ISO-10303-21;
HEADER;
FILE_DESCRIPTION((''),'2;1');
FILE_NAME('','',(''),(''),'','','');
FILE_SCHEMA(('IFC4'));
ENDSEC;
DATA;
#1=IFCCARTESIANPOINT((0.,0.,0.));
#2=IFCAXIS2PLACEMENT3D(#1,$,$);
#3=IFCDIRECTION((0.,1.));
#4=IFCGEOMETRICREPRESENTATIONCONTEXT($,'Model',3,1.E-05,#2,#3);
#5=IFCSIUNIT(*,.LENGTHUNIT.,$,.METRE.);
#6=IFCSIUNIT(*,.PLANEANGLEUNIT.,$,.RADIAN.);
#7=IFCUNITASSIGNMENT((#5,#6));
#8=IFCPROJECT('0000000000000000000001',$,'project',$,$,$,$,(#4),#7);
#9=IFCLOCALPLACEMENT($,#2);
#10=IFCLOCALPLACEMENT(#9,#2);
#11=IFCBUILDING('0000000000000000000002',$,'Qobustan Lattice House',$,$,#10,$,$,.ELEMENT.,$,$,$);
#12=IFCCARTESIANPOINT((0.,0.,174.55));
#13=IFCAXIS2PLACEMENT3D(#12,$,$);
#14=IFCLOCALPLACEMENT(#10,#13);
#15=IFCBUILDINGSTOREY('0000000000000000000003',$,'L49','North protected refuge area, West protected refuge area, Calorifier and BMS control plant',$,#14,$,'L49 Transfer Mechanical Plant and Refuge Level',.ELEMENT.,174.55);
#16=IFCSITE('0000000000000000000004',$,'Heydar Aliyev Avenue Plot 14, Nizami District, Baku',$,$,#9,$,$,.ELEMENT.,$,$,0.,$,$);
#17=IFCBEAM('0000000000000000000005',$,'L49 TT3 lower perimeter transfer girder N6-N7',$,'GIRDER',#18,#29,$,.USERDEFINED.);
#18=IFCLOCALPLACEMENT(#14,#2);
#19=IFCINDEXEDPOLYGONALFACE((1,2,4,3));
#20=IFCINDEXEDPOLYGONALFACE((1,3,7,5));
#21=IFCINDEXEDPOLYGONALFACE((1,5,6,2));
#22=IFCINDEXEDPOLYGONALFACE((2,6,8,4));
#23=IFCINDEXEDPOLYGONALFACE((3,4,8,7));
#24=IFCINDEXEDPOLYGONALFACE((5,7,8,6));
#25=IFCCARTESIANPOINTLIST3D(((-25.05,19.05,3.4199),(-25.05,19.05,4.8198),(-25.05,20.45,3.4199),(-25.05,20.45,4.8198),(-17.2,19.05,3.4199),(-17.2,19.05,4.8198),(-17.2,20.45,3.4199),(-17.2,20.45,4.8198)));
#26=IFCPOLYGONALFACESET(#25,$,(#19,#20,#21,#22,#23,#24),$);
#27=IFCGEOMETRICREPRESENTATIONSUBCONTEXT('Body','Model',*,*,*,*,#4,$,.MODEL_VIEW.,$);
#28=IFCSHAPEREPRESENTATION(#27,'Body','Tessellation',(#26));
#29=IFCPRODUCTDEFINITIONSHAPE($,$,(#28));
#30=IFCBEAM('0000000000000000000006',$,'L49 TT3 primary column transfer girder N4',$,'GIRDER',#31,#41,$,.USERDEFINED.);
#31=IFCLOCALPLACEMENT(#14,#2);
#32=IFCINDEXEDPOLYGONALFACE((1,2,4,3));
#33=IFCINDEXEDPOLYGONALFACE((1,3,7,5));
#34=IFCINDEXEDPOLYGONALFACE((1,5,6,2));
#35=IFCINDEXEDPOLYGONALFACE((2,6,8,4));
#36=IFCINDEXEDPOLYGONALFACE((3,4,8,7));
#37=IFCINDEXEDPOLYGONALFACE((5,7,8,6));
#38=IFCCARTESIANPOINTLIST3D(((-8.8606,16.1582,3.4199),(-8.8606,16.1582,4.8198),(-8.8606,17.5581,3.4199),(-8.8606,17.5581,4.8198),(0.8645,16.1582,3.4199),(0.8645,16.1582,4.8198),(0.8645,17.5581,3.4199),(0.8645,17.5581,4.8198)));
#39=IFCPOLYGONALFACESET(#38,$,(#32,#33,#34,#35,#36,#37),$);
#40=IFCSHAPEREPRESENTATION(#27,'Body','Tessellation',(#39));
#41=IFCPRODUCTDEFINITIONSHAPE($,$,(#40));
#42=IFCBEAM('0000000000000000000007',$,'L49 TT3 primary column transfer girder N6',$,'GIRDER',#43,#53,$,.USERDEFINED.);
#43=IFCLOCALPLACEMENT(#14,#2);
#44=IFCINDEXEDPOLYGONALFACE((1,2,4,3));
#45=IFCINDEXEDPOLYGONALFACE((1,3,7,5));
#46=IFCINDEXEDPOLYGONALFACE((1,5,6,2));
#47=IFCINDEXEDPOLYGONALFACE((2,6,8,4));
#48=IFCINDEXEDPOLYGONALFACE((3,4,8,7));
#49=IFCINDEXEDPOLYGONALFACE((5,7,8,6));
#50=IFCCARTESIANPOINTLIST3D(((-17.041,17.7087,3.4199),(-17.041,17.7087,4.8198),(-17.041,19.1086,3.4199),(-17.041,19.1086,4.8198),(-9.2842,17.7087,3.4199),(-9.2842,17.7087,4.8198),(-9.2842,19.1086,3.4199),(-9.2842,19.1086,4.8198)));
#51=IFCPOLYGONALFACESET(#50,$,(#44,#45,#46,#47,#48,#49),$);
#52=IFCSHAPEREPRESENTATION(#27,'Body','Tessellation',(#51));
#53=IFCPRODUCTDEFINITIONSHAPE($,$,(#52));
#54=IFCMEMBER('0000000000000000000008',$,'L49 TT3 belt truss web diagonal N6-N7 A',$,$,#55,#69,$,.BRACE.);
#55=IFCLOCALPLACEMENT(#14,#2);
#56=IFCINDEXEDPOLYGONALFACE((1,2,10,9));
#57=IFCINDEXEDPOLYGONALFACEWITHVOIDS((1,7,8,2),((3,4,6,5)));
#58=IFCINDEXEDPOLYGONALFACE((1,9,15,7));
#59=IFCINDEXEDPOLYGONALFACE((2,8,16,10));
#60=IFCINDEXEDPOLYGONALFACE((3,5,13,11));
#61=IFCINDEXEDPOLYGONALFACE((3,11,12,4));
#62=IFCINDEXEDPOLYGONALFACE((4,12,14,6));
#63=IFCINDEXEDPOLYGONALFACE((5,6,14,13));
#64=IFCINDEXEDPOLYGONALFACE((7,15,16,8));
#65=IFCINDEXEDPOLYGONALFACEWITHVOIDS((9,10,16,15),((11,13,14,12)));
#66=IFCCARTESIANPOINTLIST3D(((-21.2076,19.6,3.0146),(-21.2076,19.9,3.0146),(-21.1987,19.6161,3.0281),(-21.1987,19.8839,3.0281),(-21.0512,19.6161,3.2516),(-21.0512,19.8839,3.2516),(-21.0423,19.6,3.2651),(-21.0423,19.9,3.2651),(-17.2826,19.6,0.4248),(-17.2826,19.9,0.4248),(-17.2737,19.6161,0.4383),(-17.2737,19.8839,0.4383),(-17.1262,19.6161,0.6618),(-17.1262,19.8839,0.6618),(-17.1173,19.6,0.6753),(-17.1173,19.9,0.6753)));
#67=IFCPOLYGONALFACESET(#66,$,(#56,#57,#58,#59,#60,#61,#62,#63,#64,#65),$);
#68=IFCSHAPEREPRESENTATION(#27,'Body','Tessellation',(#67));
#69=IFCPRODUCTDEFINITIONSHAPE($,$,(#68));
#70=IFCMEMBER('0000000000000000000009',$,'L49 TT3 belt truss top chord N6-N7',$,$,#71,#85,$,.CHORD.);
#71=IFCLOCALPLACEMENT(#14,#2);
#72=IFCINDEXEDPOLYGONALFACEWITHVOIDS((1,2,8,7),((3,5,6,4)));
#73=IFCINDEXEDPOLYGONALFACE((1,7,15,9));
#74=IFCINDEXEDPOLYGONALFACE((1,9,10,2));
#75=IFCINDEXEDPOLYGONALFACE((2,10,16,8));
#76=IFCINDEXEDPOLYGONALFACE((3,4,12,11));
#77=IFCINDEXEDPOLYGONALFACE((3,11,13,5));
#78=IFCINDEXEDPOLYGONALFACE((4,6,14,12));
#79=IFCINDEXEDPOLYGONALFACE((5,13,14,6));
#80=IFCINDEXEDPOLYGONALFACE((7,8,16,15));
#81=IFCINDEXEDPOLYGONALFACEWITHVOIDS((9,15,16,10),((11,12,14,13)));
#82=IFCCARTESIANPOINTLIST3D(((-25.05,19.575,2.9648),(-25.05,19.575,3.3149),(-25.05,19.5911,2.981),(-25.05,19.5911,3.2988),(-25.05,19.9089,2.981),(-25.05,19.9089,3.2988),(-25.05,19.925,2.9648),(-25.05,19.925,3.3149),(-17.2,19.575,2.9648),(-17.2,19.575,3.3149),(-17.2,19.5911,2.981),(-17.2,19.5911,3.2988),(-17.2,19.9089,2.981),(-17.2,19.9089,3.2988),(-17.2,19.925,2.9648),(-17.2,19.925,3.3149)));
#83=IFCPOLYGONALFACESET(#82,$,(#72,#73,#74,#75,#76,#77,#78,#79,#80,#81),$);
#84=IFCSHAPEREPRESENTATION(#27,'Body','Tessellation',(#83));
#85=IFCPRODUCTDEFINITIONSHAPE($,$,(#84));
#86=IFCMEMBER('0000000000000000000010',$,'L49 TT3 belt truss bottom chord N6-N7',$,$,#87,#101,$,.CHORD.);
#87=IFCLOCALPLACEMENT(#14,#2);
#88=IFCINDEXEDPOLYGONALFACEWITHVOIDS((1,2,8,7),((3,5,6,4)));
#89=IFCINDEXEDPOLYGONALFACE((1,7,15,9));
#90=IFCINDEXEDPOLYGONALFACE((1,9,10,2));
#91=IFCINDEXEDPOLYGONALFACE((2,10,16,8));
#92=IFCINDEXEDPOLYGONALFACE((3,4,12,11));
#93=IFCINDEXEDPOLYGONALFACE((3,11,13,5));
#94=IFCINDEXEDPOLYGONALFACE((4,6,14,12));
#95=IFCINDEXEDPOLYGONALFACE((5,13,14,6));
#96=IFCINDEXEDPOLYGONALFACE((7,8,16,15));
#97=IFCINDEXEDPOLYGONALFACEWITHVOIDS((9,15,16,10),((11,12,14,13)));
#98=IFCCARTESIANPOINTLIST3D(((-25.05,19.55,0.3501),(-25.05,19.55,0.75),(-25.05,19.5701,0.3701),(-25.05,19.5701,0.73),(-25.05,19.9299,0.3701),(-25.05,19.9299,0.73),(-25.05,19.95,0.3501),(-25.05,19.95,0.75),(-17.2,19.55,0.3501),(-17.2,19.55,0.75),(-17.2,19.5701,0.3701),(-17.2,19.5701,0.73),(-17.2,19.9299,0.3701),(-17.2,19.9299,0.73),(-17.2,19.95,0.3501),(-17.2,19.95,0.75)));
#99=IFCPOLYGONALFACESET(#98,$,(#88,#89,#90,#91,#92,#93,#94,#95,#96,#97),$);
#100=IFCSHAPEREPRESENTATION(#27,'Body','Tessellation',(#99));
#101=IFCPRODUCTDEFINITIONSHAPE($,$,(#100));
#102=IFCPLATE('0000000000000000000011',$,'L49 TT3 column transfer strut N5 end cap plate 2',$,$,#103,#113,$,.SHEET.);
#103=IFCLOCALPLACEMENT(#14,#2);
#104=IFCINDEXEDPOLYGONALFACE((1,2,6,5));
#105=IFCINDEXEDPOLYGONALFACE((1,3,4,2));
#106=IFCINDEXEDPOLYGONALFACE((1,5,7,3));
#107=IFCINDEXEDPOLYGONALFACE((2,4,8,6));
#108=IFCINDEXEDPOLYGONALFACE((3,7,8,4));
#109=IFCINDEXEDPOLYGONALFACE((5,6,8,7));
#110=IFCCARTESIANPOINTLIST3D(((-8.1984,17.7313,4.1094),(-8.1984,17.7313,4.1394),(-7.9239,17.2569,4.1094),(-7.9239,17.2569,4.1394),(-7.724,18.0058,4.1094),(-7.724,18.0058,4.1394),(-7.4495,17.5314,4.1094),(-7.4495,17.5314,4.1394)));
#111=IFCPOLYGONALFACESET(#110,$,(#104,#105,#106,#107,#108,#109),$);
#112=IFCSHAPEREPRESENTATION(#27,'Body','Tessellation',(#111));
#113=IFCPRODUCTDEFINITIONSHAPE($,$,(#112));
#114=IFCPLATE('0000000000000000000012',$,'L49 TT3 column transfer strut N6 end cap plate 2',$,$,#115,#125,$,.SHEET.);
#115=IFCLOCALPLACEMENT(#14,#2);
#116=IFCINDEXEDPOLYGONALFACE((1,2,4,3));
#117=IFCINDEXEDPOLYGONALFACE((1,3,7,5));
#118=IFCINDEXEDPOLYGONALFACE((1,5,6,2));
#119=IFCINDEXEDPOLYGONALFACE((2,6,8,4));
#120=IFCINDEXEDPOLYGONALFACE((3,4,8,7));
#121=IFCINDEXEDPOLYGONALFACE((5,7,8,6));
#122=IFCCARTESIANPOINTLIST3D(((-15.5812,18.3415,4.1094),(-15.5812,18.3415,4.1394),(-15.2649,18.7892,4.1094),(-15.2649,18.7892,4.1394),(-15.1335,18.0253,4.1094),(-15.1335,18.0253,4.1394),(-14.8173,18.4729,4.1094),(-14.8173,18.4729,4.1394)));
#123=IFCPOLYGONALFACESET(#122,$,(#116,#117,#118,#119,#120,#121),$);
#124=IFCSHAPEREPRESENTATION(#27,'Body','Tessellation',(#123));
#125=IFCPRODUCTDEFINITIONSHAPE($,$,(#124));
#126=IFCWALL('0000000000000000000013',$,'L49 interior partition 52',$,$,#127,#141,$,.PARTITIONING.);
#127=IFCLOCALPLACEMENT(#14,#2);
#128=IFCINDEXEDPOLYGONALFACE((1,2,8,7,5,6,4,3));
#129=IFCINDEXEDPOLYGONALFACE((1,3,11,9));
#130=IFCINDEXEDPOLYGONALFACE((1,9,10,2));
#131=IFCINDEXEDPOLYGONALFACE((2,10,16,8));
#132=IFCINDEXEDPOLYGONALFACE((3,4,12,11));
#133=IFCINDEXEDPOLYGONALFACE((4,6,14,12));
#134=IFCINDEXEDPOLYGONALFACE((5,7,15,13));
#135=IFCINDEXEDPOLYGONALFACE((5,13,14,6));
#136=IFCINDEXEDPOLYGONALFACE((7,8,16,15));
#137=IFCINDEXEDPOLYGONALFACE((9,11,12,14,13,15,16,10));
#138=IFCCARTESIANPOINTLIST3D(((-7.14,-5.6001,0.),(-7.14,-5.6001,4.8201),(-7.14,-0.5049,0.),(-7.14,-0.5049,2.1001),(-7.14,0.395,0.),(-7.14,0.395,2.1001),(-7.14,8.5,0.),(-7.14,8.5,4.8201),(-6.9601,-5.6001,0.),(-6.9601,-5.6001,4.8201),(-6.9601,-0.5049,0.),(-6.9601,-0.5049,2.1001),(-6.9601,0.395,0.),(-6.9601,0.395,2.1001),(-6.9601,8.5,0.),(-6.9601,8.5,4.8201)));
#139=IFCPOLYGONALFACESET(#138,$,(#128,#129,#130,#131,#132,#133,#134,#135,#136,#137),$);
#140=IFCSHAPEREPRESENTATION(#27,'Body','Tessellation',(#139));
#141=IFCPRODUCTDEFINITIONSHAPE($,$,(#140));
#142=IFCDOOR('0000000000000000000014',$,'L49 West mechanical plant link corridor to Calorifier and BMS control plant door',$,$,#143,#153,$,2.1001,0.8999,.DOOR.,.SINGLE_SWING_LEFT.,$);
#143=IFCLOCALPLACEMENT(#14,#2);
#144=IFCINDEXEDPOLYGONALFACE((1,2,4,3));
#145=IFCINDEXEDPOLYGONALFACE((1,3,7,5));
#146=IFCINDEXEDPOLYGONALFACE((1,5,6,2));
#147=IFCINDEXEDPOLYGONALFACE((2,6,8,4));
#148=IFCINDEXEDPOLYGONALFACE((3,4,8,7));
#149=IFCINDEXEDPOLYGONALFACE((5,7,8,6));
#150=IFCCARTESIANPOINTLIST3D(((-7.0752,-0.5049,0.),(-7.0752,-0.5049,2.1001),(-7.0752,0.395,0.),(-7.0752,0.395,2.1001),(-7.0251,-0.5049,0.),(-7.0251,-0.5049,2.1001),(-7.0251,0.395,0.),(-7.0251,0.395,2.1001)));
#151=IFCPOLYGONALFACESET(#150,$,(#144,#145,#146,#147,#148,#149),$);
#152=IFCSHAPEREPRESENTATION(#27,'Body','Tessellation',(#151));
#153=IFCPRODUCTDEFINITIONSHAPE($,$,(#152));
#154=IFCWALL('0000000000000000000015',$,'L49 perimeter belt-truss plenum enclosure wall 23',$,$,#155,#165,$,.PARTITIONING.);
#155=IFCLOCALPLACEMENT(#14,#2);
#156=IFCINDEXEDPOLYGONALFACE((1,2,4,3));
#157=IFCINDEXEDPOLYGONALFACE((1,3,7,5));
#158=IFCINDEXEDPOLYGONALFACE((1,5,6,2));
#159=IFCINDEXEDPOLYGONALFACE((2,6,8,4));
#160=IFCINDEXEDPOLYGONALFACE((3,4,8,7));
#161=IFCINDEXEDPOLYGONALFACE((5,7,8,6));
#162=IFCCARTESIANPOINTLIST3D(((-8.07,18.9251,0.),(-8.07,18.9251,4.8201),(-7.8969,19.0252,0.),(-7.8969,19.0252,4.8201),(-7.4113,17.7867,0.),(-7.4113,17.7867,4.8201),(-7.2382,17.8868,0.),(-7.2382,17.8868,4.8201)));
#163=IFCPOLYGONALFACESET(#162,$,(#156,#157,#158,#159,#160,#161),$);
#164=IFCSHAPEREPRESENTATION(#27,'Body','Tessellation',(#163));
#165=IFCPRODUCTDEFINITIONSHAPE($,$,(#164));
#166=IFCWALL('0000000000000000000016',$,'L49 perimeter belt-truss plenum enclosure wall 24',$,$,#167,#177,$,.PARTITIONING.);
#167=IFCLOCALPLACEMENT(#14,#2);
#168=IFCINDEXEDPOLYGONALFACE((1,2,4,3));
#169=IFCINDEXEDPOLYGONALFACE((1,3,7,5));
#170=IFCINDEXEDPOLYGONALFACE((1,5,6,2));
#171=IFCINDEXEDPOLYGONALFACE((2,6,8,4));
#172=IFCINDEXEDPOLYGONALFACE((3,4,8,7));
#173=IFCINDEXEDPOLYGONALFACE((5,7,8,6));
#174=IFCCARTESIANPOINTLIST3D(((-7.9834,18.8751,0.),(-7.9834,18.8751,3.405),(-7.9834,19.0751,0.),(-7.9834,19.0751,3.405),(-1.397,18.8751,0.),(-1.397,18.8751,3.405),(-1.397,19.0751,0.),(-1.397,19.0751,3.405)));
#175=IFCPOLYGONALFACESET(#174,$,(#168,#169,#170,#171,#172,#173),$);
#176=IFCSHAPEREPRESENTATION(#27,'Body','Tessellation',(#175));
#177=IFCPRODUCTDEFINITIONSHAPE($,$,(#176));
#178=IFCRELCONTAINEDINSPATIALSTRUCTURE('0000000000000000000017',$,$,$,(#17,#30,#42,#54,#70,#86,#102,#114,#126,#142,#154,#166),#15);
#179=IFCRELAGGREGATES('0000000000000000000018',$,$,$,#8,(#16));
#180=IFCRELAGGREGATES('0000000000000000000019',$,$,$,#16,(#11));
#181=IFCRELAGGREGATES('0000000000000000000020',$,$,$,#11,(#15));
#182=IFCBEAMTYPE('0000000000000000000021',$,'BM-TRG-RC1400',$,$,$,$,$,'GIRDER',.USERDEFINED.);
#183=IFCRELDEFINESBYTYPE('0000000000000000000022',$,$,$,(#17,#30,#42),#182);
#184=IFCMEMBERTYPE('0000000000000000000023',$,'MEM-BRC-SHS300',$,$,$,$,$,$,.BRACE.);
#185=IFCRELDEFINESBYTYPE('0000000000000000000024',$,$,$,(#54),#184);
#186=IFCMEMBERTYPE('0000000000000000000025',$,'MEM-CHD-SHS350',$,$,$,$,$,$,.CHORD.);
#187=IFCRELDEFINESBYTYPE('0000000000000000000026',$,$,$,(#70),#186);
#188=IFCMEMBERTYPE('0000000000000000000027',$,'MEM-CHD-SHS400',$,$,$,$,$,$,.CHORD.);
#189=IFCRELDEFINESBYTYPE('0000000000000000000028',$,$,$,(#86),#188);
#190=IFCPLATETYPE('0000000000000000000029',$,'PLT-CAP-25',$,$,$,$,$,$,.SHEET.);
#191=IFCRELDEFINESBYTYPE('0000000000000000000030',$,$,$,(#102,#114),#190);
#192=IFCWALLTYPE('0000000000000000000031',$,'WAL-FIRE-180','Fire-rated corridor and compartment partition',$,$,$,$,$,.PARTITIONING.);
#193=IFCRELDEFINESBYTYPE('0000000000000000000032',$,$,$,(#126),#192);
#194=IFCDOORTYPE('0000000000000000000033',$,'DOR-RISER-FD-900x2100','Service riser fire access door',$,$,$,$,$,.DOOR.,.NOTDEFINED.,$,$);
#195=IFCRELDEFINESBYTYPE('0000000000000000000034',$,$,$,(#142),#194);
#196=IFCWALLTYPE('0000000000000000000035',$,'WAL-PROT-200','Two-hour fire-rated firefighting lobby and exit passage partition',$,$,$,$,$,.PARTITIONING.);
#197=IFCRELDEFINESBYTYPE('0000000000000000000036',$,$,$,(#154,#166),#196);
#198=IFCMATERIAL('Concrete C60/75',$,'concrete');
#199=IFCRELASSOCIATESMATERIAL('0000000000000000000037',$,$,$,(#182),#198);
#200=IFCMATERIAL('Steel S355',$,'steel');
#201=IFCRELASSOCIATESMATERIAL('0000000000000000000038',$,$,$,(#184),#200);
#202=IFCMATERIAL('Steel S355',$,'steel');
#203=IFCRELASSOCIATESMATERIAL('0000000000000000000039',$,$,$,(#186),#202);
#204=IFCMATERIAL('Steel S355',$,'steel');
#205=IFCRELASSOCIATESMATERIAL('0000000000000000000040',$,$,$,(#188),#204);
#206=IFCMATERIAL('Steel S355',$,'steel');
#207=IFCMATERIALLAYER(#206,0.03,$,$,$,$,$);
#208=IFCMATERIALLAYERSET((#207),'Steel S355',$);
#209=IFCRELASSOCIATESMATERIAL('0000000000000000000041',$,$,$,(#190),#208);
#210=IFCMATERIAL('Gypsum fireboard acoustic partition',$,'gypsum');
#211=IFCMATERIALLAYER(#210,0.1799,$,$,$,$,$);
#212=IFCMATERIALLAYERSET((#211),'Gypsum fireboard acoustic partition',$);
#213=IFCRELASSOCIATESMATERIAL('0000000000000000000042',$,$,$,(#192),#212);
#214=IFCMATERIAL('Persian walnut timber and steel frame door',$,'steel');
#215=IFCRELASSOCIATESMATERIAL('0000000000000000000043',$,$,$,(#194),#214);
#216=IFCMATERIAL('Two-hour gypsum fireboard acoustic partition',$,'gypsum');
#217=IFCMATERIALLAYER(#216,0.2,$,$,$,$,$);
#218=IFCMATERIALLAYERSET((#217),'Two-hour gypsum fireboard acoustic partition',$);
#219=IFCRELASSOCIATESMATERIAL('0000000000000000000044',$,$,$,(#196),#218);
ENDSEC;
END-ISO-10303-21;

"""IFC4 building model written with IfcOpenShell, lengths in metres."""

from ifc_helpers import new_model, si_unit, direction, frame, frame_2d, origin, origin_2d, place, context, subcontext, project, spatial, rectangle, hollow_rectangle, extrude, material, layer, layer_set, material_profile, profile_set, type_object, element, fill, save


model = new_model("IFC4")

# Units and contexts
model_context = context("Model", 3, precision=1e-05, world=origin(), true_north=direction((0.0, 1.0)))
body_context = subcontext(model_context, "Body", "Model", "MODEL_VIEW")
ifc_project = project(units=[si_unit("LENGTHUNIT", "METRE"), si_unit("PLANEANGLEUNIT", "RADIAN")], contexts=[model_context])

# Site, building, storey
site_placement = place(None, origin())
site = spatial("IfcSite", under=ifc_project, at=site_placement, Name="Heydar Aliyev Avenue Plot 14, Nizami District, Baku", CompositionType="ELEMENT", RefElevation=0.0)
building_placement = place(site_placement, origin())
building = spatial("IfcBuilding", under=site, at=building_placement, Name="Qobustan Lattice House", CompositionType="ELEMENT")
storey_placement = place(building_placement, frame((0.0, 0.0, 174.55)))
storey = spatial("IfcBuildingStorey", under=building, at=storey_placement, Name="L49", Description="North protected refuge area, West protected refuge area, Calorifier and BMS control plant", LongName="L49 Transfer Mechanical Plant and Refuge Level", CompositionType="ELEMENT", Elevation=174.55)

# Beams
ifc_material_1 = material(Name="Concrete C60/75", Category="concrete")
ifc_material_profile_1 = material_profile(ifc_material_1, rectangle(XDim=1.3999, YDim=1.3999, at=origin_2d()), Name="RC1400x1400")
ifc_profile_set_1 = profile_set([ifc_material_profile_1], Name="Concrete C60/75")
beam_type = type_object("IfcBeamType", Name="BM-TRG-RC1400", ElementType="GIRDER", PredefinedType="USERDEFINED", material=ifc_profile_set_1)
beam_1_placement = place(storey_placement, frame((-17.2, 19.75, 4.1199), z_axis=(-1.0, 0.0, 0.0), x_axis=(0.0, -1.0, 0.0)))
element("IfcBeam", 1, at=beam_1_placement, inside=storey, type_object=beam_type, Name="L49 TT3 lower perimeter transfer girder N6-N7", ObjectType="GIRDER", PredefinedType="USERDEFINED", context=body_context, shape_type="SweptSolid", body=[
    extrude(rectangle(XDim=1.3999, YDim=1.3999, at=origin_2d()), origin(), (0.0, 0.0, 1.0), 7.8501),
])
beam_2_placement = place(storey_placement, frame((-8.8606, 16.8582, 4.1199), z_axis=(1.0, 0.0, 0.0), x_axis=(0.0, 1.0, 0.0)))
element("IfcBeam", 2, at=beam_2_placement, inside=storey, type_object=beam_type, Name="L49 TT3 primary column transfer girder N4", ObjectType="GIRDER", PredefinedType="USERDEFINED", context=body_context, shape_type="SweptSolid", body=[
    extrude(rectangle(XDim=1.3999, YDim=1.3999, at=origin_2d()), origin(), (0.0, 0.0, 1.0), 9.7251),
])
beam_3_placement = place(storey_placement, frame((-17.041, 18.4087, 4.1199), z_axis=(1.0, 0.0, 0.0), x_axis=(0.0, 1.0, 0.0)))
element("IfcBeam", 3, at=beam_3_placement, inside=storey, type_object=beam_type, Name="L49 TT3 primary column transfer girder N6", ObjectType="GIRDER", PredefinedType="USERDEFINED", context=body_context, shape_type="SweptSolid", body=[
    extrude(rectangle(XDim=1.3999, YDim=1.3999, at=origin_2d()), origin(), (0.0, 0.0, 1.0), 7.7568),
])

# Members
ifc_material_2 = material(Name="Steel S355", Category="steel")
ifc_material_profile_2 = material_profile(ifc_material_2, hollow_rectangle(XDim=0.3, YDim=0.3, WallThickness=0.0161, at=origin_2d()), Name="SHS300x300x16")
ifc_profile_set_2 = profile_set([ifc_material_profile_2], Name="Steel S355")
member_type_1 = type_object("IfcMemberType", Name="MEM-BRC-SHS300", PredefinedType="BRACE", material=ifc_profile_set_2)
member_1_placement = place(storey_placement, frame((-17.2, 19.75, 0.55), z_axis=(-0.834677, 0.0, 0.55074), x_axis=(0.0, -1.0, 0.0)))
element("IfcMember", 4, at=member_1_placement, inside=storey, type_object=member_type_1, Name="L49 TT3 belt truss web diagonal N6-N7 A", PredefinedType="BRACE", context=body_context, shape_type="SweptSolid", body=[
    extrude(hollow_rectangle(XDim=0.3, YDim=0.3, WallThickness=0.0161, at=origin_2d()), origin(), (0.0, 0.0, 1.0), 4.7024),
])
ifc_material_3 = material(Name="Steel S355", Category="steel")
ifc_material_profile_3 = material_profile(ifc_material_3, hollow_rectangle(XDim=0.3501, YDim=0.3501, WallThickness=0.0161, at=origin_2d()), Name="SHS350x350x16")
ifc_profile_set_3 = profile_set([ifc_material_profile_3], Name="Steel S355")
member_type_2 = type_object("IfcMemberType", Name="MEM-CHD-SHS350", PredefinedType="CHORD", material=ifc_profile_set_3)
member_2_placement = place(storey_placement, frame((-17.2, 19.75, 3.1399), z_axis=(-1.0, 0.0, 0.0), x_axis=(0.0, -1.0, 0.0)))
element("IfcMember", 5, at=member_2_placement, inside=storey, type_object=member_type_2, Name="L49 TT3 belt truss top chord N6-N7", PredefinedType="CHORD", context=body_context, shape_type="SweptSolid", body=[
    extrude(hollow_rectangle(XDim=0.3501, YDim=0.3501, WallThickness=0.0161, at=origin_2d()), origin(), (0.0, 0.0, 1.0), 7.8501),
])
ifc_material_4 = material(Name="Steel S355", Category="steel")
ifc_material_profile_4 = material_profile(ifc_material_4, hollow_rectangle(XDim=0.3999, YDim=0.3999, WallThickness=0.02, at=origin_2d()), Name="SHS400x400x20")
ifc_profile_set_4 = profile_set([ifc_material_profile_4], Name="Steel S355")
member_type_3 = type_object("IfcMemberType", Name="MEM-CHD-SHS400", PredefinedType="CHORD", material=ifc_profile_set_4)
member_3_placement = place(storey_placement, frame((-17.2, 19.75, 0.55), z_axis=(-1.0, 0.0, 0.0), x_axis=(0.0, -1.0, 0.0)))
element("IfcMember", 6, at=member_3_placement, inside=storey, type_object=member_type_3, Name="L49 TT3 belt truss bottom chord N6-N7", PredefinedType="CHORD", context=body_context, shape_type="SweptSolid", body=[
    extrude(hollow_rectangle(XDim=0.3999, YDim=0.3999, WallThickness=0.02, at=origin_2d()), origin(), (0.0, 0.0, 1.0), 7.8501),
])

# Plates
ifc_material_5 = material(Name="Steel S355", Category="steel")
ifc_layer_1 = layer(ifc_material_5, 0.03)
ifc_layer_set_1 = layer_set([ifc_layer_1], Name="Steel S355")
plate_type = type_object("IfcPlateType", Name="PLT-CAP-25", PredefinedType="SHEET", material=ifc_layer_set_1)
for number, where, z_axis, x_axis, name in (
    (7, (-7.824, 17.6313, 4.1094), (0.0, 0.0, 1.0), (0.500876, -0.865519, 0.0), "L49 TT3 column transfer strut N5 end cap plate 2"),
    (8, (-15.1992, 18.4072, 4.1094), (0.0, 0.0, 1.0), (0.816772, -0.57696, 0.0), "L49 TT3 column transfer strut N6 end cap plate 2"),
):
    element("IfcPlate", number, at=place(storey_placement, frame(where, z_axis=z_axis, x_axis=x_axis)), inside=storey, type_object=plate_type, Name=name, PredefinedType="SHEET", context=body_context, shape_type="SweptSolid", body=[
        extrude(rectangle(XDim=0.5481, YDim=0.5481, at=origin_2d()), origin(), (0.0, 0.0, 1.0), 0.03),
    ])

# Wall, opening, door
ifc_material_6 = material(Name="Gypsum fireboard acoustic partition", Category="gypsum")
ifc_layer_2 = layer(ifc_material_6, 0.1799)
ifc_layer_set_2 = layer_set([ifc_layer_2], Name="Gypsum fireboard acoustic partition")
wall_type_1 = type_object("IfcWallType", Name="WAL-FIRE-180", Description="Fire-rated corridor and compartment partition", PredefinedType="PARTITIONING", material=ifc_layer_set_2)
wall_1_placement = place(storey_placement, frame((-7.05, 8.5, 0.0), z_axis=(0.0, 0.0, 1.0), x_axis=(0.0, -1.0, 0.0)))
wall_1 = element("IfcWall", 9, at=wall_1_placement, inside=storey, type_object=wall_type_1, Name="L49 interior partition 52", PredefinedType="PARTITIONING", context=body_context, shape_type="SweptSolid", body=[
    extrude(rectangle(XDim=14.1001, YDim=0.1799, at=frame_2d((7.05, 0.0))), origin(), (0.0, 0.0, 1.0), 4.8201),
])
opening_1_placement = place(wall_1_placement, frame((8.105, 0.0, 0.0)))
opening_1 = element("IfcOpeningElement", 10, at=opening_1_placement, cuts=wall_1, PredefinedType="OPENING", context=body_context, shape_type="SweptSolid", body=[
    extrude(rectangle(XDim=0.8999, YDim=2.1001, at=frame_2d((0.45, 1.05))), frame((0.0, 0.0999, 0.0), z_axis=(0.0, -1.0, 0.0), x_axis=(1.0, 0.0, 0.0)), (0.0, 0.0, 1.0), 0.2),
])
ifc_material_7 = material(Name="Persian walnut timber and steel frame door", Category="steel")
door_type_1 = type_object("IfcDoorType", Name="DOR-RISER-FD-900x2100", Description="Service riser fire access door", OperationType="NOTDEFINED", PredefinedType="DOOR", material=ifc_material_7)
door_1_placement = place(opening_1_placement, origin())
door_1 = element("IfcDoor", 11, at=door_1_placement, inside=storey, type_object=door_type_1, Name="L49 West mechanical plant link corridor to Calorifier and BMS control plant door", OperationType="SINGLE_SWING_LEFT", OverallHeight=2.1001, OverallWidth=0.8999, PredefinedType="DOOR", context=body_context, shape_type="SweptSolid", body=[
    extrude(rectangle(XDim=0.8999, YDim=2.1001, at=frame_2d((0.45, 1.05))), frame((0.0, 0.0249, 0.0), z_axis=(0.0, -1.0, 0.0), x_axis=(1.0, 0.0, 0.0)), (0.0, 0.0, 1.0), 0.05),
])
fill(opening_1, door_1)

# Walls
ifc_material_8 = material(Name="Two-hour gypsum fireboard acoustic partition", Category="gypsum")
ifc_layer_3 = layer(ifc_material_8, 0.2)
ifc_layer_set_3 = layer_set([ifc_layer_3], Name="Two-hour gypsum fireboard acoustic partition")
wall_type_2 = type_object("IfcWallType", Name="WAL-PROT-200", Description="Two-hour fire-rated firefighting lobby and exit passage partition", PredefinedType="PARTITIONING", material=ifc_layer_set_3)
wall_2_placement = place(storey_placement, frame((-7.3247, 17.8367, 0.0), z_axis=(0.0, 0.0, 1.0), x_axis=(-0.500809, 0.865558, 0.0)))
element("IfcWall", 12, at=wall_2_placement, inside=storey, type_object=wall_type_2, Name="L49 perimeter belt-truss plenum enclosure wall 23", PredefinedType="PARTITIONING", context=body_context, shape_type="SweptSolid", body=[
    extrude(rectangle(XDim=1.3152, YDim=0.2, at=frame_2d((0.6577, 0.0))), origin(), (0.0, 0.0, 1.0), 4.8201),
])
wall_3_placement = place(storey_placement, frame((-7.9834, 18.9751, 0.0), z_axis=(0.0, 0.0, 1.0), x_axis=(1.0, 0.0, 0.0)))
element("IfcWall", 13, at=wall_3_placement, inside=storey, type_object=wall_type_2, Name="L49 perimeter belt-truss plenum enclosure wall 24", PredefinedType="PARTITIONING", context=body_context, shape_type="SweptSolid", body=[
    extrude(rectangle(XDim=6.5864, YDim=0.2, at=frame_2d((3.2932, 0.0))), origin(), (0.0, 0.0, 1.0), 3.405),
])

save(model, "model.ifc")
